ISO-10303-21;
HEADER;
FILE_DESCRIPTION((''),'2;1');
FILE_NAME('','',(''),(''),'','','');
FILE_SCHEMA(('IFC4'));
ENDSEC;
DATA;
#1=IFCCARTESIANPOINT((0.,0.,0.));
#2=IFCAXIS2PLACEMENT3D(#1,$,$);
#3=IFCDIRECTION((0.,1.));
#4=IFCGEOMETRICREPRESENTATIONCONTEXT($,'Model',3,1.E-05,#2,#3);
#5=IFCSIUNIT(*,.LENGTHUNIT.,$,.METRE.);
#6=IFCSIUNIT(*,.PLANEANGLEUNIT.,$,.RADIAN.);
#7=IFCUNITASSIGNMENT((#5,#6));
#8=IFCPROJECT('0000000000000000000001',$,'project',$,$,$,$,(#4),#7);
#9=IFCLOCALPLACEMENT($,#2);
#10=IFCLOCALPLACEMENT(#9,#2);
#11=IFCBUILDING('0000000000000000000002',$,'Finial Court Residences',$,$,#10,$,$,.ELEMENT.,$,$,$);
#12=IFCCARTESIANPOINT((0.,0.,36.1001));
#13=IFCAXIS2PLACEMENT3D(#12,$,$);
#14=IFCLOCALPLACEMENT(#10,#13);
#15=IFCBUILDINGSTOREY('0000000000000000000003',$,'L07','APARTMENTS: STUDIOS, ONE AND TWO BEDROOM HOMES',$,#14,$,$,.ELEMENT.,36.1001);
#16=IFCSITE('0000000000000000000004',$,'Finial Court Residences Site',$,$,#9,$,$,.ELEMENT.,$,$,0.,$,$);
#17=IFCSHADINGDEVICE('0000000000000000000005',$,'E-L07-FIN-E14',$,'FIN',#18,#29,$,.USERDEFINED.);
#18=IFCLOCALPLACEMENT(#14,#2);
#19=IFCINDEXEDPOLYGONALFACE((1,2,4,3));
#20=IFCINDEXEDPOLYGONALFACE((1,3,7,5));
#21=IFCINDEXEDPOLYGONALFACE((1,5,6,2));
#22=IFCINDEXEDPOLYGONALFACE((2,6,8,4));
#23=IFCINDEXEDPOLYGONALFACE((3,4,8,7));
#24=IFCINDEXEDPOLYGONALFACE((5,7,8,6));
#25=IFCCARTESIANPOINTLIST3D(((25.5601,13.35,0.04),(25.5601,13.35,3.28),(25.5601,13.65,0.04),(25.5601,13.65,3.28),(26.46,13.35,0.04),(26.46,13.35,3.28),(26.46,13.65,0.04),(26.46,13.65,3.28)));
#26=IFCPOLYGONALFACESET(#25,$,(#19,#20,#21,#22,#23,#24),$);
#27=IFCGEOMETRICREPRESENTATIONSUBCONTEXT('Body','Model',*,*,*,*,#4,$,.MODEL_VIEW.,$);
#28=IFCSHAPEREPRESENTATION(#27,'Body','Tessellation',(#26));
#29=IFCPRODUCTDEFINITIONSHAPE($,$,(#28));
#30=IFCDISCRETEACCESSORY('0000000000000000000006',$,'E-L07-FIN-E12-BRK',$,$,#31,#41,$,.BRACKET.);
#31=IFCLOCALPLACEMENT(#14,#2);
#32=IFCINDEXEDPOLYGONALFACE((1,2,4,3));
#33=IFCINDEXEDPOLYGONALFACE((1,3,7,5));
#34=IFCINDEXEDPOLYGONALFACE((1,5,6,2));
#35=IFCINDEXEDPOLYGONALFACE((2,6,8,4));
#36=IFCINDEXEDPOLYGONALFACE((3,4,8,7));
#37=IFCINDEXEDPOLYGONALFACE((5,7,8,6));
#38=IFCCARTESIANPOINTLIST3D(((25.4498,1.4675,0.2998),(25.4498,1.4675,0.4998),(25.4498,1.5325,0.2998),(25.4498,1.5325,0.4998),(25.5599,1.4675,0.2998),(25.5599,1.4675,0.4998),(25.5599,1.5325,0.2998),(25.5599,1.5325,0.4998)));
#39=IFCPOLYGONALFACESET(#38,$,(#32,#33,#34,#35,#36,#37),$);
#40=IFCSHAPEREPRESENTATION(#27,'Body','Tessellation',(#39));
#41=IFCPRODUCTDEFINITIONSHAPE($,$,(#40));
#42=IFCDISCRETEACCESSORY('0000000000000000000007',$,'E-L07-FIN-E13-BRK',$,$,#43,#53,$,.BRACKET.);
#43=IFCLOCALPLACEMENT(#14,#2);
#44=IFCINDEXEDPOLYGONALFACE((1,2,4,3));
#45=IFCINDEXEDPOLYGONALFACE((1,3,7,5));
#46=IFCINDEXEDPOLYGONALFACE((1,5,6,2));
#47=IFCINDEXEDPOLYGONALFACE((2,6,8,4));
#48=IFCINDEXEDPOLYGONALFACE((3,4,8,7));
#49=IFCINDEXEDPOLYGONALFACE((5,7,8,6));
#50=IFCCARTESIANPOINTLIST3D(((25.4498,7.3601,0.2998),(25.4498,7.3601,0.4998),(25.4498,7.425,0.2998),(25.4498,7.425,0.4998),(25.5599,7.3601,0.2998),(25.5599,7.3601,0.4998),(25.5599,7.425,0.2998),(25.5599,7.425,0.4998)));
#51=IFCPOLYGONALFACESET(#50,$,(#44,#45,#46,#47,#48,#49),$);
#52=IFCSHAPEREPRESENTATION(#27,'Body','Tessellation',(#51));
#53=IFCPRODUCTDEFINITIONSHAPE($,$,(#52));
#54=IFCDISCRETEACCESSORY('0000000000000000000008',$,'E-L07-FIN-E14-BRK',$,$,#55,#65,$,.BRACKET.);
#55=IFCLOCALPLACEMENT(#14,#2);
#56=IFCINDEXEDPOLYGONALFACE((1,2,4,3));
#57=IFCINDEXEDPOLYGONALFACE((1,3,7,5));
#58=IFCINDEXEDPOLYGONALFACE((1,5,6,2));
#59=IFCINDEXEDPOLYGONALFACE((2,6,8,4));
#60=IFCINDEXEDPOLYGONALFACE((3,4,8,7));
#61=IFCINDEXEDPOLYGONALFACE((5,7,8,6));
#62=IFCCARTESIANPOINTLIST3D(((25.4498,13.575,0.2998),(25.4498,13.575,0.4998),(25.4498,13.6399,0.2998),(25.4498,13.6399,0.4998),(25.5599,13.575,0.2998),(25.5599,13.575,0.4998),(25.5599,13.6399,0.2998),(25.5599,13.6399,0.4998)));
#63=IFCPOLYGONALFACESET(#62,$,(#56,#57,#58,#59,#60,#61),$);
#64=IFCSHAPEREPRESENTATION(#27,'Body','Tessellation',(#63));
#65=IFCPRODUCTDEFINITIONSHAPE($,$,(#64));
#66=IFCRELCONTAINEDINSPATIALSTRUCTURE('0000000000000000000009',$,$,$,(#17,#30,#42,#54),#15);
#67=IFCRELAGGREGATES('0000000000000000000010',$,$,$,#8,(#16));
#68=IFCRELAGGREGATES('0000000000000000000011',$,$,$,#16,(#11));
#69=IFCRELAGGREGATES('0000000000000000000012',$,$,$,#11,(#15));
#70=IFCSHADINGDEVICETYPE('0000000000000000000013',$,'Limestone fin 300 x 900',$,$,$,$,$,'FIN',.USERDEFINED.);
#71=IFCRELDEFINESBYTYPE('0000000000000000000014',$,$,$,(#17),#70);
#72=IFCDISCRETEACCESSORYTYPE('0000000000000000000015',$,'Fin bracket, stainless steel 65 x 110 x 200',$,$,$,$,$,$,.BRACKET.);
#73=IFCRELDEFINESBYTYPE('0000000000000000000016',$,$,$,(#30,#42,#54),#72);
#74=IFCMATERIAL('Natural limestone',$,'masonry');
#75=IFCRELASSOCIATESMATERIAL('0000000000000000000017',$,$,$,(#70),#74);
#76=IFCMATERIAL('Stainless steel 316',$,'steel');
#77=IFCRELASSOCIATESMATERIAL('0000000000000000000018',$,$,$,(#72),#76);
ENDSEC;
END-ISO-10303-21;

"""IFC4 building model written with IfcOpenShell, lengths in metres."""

from ifc_helpers import new_model, si_unit, direction, frame, origin, origin_2d, place, context, subcontext, project, spatial, rectangle, extrude, material, type_object, element, save


model = new_model("IFC4")

# Units and contexts
model_context = context("Model", 3, precision=1e-05, world=origin(), true_north=direction((0.0, 1.0)))
body_context = subcontext(model_context, "Body", "Model", "MODEL_VIEW")
ifc_project = project(units=[si_unit("LENGTHUNIT", "METRE"), si_unit("PLANEANGLEUNIT", "RADIAN")], contexts=[model_context])

# Site, building, storey
site_placement = place(None, origin())
site = spatial("IfcSite", under=ifc_project, at=site_placement, Name="Finial Court Residences Site", CompositionType="ELEMENT", RefElevation=0.0)
building_placement = place(site_placement, origin())
building = spatial("IfcBuilding", under=site, at=building_placement, Name="Finial Court Residences", CompositionType="ELEMENT")
storey_placement = place(building_placement, frame((0.0, 0.0, 36.1001)))
storey = spatial("IfcBuildingStorey", under=building, at=storey_placement, Name="L07", Description="APARTMENTS: STUDIOS, ONE AND TWO BEDROOM HOMES", CompositionType="ELEMENT", Elevation=36.1001)

# Shared definitions
ifc_material_1 = material(Name="Natural limestone", Category="masonry")

# Shading device
shading_device_type = type_object("IfcShadingDeviceType", Name="Limestone fin 300 x 900", ElementType="FIN", PredefinedType="USERDEFINED", material=ifc_material_1)
shading_device_placement = place(storey_placement, frame((26.01, 13.5, 0.04), z_axis=(0.0, 0.0, 1.0), x_axis=(1.0, 0.0, 0.0)))
element("IfcShadingDevice", 1, at=shading_device_placement, inside=storey, type_object=shading_device_type, Name="E-L07-FIN-E14", ObjectType="FIN", PredefinedType="USERDEFINED", context=body_context, shape_type="SweptSolid", body=[
    extrude(rectangle(XDim=0.8999, YDim=0.3, at=origin_2d()), origin(), (0.0, 0.0, 1.0), 3.24),
])

# Discrete accessories
ifc_material_2 = material(Name="Stainless steel 316", Category="steel")
discrete_accessory_type = type_object("IfcDiscreteAccessoryType", Name="Fin bracket, stainless steel 65 x 110 x 200", PredefinedType="BRACKET", material=ifc_material_2)
for number, where, z_axis, x_axis, name in (
    (2, (25.5049, 1.5, 0.2998), (0.0, 0.0, 1.0), (1.0, 0.0, 0.0), "E-L07-FIN-E12-BRK"),
    (3, (25.5049, 7.3926, 0.2998), (0.0, 0.0, 1.0), (1.0, 0.0, 0.0), "E-L07-FIN-E13-BRK"),
    (4, (25.5049, 13.6074, 0.2998), (0.0, 0.0, 1.0), (1.0, 0.0, 0.0), "E-L07-FIN-E14-BRK"),
):
    element("IfcDiscreteAccessory", number, at=place(storey_placement, frame(where, z_axis=z_axis, x_axis=x_axis)), inside=storey, type_object=discrete_accessory_type, Name=name, PredefinedType="BRACKET", context=body_context, shape_type="SweptSolid", body=[
        extrude(rectangle(XDim=0.1101, YDim=0.0649, at=origin_2d()), origin(), (0.0, 0.0, 1.0), 0.2),
    ])

save(model, "model.ifc")
